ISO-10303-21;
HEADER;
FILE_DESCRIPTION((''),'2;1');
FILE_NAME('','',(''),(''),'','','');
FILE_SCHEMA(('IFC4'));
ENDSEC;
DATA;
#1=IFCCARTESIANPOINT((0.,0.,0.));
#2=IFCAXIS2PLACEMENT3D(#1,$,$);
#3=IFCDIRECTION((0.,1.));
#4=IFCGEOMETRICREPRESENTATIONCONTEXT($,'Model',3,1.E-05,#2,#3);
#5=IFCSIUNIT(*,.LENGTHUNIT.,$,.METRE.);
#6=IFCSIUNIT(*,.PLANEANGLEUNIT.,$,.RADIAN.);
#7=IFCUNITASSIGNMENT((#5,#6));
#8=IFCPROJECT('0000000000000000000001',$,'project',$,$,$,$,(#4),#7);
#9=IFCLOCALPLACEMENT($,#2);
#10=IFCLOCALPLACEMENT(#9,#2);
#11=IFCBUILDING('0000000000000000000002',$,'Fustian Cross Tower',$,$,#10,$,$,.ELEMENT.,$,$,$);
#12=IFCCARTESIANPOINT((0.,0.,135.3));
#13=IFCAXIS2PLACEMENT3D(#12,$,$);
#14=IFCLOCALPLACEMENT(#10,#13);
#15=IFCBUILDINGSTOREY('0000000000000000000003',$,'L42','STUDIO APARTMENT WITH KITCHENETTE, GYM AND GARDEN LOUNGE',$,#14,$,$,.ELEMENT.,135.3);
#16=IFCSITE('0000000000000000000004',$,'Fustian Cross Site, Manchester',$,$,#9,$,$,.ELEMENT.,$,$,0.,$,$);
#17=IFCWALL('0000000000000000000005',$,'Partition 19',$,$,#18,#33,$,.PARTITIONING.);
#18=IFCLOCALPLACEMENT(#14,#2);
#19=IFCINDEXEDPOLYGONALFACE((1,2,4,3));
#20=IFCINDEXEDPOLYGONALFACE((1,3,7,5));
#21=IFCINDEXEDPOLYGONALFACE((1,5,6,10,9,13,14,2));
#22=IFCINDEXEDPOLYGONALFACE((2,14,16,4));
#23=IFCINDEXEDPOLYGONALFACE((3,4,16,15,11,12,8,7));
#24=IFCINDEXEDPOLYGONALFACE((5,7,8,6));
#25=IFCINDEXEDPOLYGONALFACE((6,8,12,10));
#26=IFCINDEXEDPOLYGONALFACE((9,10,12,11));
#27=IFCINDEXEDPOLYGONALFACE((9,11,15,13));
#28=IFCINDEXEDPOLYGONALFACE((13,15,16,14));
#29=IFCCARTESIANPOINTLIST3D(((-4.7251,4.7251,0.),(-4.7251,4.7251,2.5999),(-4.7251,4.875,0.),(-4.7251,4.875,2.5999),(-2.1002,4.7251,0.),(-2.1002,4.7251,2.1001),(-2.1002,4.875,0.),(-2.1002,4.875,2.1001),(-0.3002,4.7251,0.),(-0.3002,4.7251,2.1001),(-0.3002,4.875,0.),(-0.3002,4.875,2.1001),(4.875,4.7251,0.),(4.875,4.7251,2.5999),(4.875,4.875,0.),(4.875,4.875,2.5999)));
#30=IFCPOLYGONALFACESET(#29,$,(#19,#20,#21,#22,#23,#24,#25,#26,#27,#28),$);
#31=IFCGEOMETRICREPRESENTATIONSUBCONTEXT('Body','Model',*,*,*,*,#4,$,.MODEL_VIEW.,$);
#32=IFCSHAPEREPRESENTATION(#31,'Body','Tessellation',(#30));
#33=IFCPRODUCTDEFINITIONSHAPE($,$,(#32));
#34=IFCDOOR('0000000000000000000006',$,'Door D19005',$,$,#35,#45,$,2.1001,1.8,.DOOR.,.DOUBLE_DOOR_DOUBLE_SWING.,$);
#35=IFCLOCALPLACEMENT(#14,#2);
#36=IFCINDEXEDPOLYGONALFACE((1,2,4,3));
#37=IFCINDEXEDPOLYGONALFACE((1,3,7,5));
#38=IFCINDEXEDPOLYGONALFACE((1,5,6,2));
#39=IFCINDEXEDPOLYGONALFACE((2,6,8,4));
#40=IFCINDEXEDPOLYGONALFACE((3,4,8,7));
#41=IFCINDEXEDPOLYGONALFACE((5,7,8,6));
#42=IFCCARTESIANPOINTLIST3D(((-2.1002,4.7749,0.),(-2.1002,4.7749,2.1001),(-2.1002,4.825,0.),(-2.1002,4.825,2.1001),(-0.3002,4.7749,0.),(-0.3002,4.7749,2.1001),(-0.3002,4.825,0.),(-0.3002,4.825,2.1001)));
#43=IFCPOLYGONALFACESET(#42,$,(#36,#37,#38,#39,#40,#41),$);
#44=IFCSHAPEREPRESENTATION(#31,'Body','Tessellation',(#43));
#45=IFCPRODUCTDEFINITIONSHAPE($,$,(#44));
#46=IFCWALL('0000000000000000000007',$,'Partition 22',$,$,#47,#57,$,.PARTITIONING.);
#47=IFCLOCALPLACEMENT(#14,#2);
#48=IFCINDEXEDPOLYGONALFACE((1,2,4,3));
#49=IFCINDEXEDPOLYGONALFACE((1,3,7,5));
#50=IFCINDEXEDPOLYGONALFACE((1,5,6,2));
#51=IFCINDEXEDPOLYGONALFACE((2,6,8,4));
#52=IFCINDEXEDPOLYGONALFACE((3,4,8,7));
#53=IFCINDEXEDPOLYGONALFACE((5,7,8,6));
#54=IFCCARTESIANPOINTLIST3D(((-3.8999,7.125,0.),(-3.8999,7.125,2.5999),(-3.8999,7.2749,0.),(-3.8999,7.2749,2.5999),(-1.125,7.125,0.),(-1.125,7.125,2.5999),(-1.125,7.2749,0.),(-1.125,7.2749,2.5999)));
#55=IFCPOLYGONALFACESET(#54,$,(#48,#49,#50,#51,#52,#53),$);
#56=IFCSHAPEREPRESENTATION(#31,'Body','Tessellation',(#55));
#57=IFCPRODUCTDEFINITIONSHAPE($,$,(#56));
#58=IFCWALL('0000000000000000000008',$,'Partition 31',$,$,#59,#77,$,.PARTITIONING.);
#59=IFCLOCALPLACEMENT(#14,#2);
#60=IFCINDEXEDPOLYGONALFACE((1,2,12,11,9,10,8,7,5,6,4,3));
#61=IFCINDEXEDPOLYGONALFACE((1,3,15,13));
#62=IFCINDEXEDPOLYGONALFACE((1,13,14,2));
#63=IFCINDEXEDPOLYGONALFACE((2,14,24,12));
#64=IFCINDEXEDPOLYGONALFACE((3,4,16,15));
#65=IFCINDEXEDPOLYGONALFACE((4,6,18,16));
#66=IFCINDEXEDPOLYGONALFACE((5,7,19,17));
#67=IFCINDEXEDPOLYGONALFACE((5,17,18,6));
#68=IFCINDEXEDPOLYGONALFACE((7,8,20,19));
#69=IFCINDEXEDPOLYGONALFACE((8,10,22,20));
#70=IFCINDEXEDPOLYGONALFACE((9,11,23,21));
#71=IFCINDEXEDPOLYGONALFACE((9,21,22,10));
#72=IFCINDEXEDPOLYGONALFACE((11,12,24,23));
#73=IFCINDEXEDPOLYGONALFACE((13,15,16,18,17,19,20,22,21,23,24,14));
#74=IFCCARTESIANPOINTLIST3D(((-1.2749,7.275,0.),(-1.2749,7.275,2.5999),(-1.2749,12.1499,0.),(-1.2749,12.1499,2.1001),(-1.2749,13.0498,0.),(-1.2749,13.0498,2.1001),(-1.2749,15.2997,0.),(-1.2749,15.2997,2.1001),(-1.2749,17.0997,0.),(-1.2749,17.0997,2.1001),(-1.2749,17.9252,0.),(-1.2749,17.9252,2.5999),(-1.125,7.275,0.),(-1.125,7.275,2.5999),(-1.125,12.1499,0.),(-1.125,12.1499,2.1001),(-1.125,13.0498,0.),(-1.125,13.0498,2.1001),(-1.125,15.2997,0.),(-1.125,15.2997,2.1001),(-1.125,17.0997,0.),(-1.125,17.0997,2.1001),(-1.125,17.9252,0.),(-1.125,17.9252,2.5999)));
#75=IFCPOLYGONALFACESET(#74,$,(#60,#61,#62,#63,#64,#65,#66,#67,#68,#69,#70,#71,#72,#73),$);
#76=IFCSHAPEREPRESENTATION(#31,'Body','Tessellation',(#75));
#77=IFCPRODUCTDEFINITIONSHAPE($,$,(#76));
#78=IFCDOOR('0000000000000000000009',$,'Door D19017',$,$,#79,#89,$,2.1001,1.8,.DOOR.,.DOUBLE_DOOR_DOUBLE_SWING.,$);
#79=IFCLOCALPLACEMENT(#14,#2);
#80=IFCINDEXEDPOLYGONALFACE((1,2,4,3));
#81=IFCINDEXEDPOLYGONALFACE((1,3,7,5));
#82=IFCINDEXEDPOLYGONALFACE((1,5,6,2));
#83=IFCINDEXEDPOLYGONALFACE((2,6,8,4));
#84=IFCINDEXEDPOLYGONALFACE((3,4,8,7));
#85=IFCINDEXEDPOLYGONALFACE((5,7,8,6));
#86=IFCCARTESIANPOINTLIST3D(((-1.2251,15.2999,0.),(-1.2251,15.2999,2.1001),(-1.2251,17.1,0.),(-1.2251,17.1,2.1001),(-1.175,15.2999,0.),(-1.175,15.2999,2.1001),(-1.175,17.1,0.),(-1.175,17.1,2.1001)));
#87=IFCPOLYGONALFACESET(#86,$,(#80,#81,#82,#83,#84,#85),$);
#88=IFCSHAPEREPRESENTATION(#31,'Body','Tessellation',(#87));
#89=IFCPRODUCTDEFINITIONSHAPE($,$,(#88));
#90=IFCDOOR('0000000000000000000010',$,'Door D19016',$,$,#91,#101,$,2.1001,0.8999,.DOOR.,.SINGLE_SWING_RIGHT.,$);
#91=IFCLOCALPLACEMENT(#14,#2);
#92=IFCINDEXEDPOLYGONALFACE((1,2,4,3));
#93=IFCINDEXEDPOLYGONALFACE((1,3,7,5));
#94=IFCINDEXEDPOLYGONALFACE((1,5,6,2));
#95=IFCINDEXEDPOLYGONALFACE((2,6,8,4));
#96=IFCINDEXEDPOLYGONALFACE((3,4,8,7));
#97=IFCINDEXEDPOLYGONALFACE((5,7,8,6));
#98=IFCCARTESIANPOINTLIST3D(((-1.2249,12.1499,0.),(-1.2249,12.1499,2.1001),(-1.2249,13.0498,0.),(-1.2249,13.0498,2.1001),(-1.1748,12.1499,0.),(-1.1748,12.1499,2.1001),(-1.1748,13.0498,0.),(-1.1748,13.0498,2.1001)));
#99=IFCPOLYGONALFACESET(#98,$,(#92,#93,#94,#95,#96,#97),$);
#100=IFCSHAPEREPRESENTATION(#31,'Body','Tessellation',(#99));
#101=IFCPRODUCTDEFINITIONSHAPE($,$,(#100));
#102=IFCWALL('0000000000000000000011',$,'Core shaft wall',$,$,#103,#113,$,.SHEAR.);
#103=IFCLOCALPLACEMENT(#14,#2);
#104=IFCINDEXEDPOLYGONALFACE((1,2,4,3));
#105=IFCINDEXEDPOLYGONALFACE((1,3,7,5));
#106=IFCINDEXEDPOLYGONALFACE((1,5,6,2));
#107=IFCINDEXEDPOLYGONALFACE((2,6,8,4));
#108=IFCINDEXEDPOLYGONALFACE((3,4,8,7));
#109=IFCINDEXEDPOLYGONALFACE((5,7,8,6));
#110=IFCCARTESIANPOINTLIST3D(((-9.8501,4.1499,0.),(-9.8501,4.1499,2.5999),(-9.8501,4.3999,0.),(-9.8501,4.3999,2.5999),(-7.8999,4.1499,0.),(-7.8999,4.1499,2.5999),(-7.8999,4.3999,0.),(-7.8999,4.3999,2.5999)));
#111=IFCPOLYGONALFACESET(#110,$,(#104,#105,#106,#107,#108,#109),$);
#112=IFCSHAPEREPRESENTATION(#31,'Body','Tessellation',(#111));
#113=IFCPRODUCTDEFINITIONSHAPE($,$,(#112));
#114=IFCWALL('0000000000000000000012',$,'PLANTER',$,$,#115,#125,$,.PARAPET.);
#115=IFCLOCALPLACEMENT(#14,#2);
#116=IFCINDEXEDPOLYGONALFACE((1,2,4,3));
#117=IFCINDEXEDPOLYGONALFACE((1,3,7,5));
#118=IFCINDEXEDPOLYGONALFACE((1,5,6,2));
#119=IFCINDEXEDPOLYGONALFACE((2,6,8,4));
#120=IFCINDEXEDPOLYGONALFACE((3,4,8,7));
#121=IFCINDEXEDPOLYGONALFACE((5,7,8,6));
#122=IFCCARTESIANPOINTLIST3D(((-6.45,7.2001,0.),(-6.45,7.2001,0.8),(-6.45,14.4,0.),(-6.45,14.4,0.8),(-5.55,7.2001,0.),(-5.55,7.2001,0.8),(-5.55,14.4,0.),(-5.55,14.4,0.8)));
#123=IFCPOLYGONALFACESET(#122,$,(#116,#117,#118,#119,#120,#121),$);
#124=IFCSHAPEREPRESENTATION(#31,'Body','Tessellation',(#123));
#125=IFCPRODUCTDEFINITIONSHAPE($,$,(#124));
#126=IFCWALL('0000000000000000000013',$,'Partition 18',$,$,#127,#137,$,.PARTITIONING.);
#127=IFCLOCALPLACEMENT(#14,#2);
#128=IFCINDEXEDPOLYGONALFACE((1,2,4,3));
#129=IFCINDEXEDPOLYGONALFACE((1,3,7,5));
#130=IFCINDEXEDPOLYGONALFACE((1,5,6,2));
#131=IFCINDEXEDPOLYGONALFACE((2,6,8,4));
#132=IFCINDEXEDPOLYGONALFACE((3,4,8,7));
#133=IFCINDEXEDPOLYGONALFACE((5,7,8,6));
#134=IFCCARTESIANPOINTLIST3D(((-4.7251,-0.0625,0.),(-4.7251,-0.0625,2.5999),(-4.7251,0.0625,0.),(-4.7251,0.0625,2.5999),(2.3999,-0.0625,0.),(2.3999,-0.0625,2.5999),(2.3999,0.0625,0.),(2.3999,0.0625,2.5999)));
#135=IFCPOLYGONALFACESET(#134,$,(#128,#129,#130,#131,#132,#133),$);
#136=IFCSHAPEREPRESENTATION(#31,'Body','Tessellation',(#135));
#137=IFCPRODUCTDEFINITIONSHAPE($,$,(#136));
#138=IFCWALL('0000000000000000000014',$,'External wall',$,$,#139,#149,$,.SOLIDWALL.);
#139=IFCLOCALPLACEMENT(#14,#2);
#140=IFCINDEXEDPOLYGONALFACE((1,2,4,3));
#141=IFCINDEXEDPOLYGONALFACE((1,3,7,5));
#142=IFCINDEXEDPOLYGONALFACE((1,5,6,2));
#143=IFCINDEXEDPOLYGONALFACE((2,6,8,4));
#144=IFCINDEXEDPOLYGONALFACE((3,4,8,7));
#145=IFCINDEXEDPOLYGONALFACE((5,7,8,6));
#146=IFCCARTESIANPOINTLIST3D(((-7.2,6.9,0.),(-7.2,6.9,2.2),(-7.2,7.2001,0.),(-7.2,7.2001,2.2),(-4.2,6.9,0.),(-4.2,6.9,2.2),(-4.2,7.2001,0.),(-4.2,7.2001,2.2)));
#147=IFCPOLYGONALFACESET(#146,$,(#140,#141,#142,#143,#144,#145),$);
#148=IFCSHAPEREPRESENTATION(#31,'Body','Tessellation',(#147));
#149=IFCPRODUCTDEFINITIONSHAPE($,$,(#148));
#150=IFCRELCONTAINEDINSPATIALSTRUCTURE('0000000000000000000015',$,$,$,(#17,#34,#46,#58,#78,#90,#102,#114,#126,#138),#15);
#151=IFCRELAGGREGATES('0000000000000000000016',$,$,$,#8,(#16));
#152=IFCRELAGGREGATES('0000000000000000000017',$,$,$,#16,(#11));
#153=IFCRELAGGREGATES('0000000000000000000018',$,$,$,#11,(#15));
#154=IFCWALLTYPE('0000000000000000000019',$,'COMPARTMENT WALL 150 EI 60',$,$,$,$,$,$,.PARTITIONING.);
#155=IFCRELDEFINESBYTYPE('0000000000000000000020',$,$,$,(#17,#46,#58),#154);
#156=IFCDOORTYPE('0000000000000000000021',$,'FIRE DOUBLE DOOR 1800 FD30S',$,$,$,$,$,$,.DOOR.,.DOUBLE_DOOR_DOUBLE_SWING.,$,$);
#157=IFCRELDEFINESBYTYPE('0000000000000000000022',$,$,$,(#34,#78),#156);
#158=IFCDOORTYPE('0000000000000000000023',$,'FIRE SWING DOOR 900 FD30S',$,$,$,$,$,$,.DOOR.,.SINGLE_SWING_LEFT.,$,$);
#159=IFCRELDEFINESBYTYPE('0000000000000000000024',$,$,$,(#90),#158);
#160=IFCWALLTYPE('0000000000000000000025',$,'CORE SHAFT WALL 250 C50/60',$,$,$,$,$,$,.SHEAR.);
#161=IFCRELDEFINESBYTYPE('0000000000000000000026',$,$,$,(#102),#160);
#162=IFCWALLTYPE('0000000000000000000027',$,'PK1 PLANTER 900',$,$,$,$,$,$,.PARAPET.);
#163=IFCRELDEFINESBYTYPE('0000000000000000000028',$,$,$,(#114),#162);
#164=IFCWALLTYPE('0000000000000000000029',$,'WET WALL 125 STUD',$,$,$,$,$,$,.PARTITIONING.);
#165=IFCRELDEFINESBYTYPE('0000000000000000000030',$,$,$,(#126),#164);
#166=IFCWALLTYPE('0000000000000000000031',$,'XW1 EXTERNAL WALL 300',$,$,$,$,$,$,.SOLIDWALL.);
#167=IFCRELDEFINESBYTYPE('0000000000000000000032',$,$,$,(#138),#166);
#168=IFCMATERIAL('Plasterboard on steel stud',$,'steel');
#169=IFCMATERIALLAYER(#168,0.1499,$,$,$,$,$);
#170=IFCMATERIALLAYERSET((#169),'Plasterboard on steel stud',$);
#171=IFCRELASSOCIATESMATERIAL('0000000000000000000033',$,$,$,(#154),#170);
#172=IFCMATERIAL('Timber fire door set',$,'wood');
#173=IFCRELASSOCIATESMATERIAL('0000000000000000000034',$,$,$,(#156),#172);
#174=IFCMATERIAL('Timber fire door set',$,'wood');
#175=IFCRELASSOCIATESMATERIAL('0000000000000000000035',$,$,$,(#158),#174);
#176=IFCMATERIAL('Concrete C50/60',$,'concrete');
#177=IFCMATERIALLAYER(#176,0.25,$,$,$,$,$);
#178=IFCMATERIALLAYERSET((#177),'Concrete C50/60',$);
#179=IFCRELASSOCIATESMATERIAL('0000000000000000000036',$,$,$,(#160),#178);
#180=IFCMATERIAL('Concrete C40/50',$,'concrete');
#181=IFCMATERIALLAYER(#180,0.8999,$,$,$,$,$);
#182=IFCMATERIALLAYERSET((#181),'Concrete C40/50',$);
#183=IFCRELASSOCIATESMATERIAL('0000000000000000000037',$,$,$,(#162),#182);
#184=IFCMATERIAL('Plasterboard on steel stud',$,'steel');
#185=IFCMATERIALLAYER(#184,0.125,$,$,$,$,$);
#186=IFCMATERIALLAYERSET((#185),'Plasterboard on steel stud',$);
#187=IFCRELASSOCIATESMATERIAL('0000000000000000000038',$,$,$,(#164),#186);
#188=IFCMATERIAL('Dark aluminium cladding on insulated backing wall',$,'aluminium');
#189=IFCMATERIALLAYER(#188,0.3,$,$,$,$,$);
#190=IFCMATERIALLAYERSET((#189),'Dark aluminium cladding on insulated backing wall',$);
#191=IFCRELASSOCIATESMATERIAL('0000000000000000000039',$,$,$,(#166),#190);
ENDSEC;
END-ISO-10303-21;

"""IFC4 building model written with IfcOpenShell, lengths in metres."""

from ifc_helpers import new_model, si_unit, direction, frame, frame_2d, origin, place, context, subcontext, project, spatial, rectangle, extrude, material, layer, layer_set, type_object, element, fill, save


model = new_model("IFC4")

# Units and contexts
model_context = context("Model", 3, precision=1e-05, world=origin(), true_north=direction((0.0, 1.0)))
body_context = subcontext(model_context, "Body", "Model", "MODEL_VIEW")
ifc_project = project(units=[si_unit("LENGTHUNIT", "METRE"), si_unit("PLANEANGLEUNIT", "RADIAN")], contexts=[model_context])

# Site, building, storey
site_placement = place(None, origin())
site = spatial("IfcSite", under=ifc_project, at=site_placement, Name="Fustian Cross Site, Manchester", CompositionType="ELEMENT", RefElevation=0.0)
building_placement = place(site_placement, origin())
building = spatial("IfcBuilding", under=site, at=building_placement, Name="Fustian Cross Tower", CompositionType="ELEMENT")
storey_placement = place(building_placement, frame((0.0, 0.0, 135.3)))
storey = spatial("IfcBuildingStorey", under=building, at=storey_placement, Name="L42", Description="STUDIO APARTMENT WITH KITCHENETTE, GYM AND GARDEN LOUNGE", CompositionType="ELEMENT", Elevation=135.3)

# Wall, opening, door
ifc_material_1 = material(Name="Plasterboard on steel stud", Category="steel")
ifc_layer_1 = layer(ifc_material_1, 0.1499)
ifc_layer_set_1 = layer_set([ifc_layer_1], Name="Plasterboard on steel stud")
wall_type_1 = type_object("IfcWallType", Name="COMPARTMENT WALL 150 EI 60", PredefinedType="PARTITIONING", material=ifc_layer_set_1)
wall_1_placement = place(storey_placement, frame((-4.7251, 4.8, 0.0), z_axis=(0.0, 0.0, 1.0), x_axis=(1.0, 0.0, 0.0)))
wall_1 = element("IfcWall", 1, at=wall_1_placement, inside=storey, type_object=wall_type_1, Name="Partition 19", PredefinedType="PARTITIONING", context=body_context, shape_type="SweptSolid", body=[
    extrude(rectangle(XDim=9.6001, YDim=0.1499, at=frame_2d((4.8, 0.0))), origin(), (0.0, 0.0, 1.0), 2.5999),
])
opening_1_placement = place(wall_1_placement, frame((2.625, 0.0, 0.0)))
opening_1 = element("IfcOpeningElement", 2, at=opening_1_placement, cuts=wall_1, PredefinedType="OPENING", context=body_context, shape_type="SweptSolid", body=[
    extrude(rectangle(XDim=1.8, YDim=2.1001, at=frame_2d((0.8999, 1.05))), frame((0.0, 0.085, 0.0), z_axis=(0.0, -1.0, 0.0), x_axis=(1.0, 0.0, 0.0)), (0.0, 0.0, 1.0), 0.1699),
])
ifc_material_2 = material(Name="Timber fire door set", Category="wood")
door_type_1 = type_object("IfcDoorType", Name="FIRE DOUBLE DOOR 1800 FD30S", OperationType="DOUBLE_DOOR_DOUBLE_SWING", PredefinedType="DOOR", material=ifc_material_2)
door_1_placement = place(opening_1_placement, origin())
door_1 = element("IfcDoor", 3, at=door_1_placement, inside=storey, type_object=door_type_1, Name="Door D19005", OperationType="DOUBLE_DOOR_DOUBLE_SWING", OverallHeight=2.1001, OverallWidth=1.8, PredefinedType="DOOR", context=body_context, shape_type="SweptSolid", body=[
    extrude(rectangle(XDim=1.8, YDim=2.1001, at=frame_2d((0.8999, 1.05))), frame((0.0, 0.0249, 0.0), z_axis=(0.0, -1.0, 0.0), x_axis=(1.0, 0.0, 0.0)), (0.0, 0.0, 1.0), 0.05),
])
fill(opening_1, door_1)

# Wall
wall_2_placement = place(storey_placement, frame((-3.8999, 7.2, 0.0), z_axis=(0.0, 0.0, 1.0), x_axis=(1.0, 0.0, 0.0)))
element("IfcWall", 4, at=wall_2_placement, inside=storey, type_object=wall_type_1, Name="Partition 22", PredefinedType="PARTITIONING", context=body_context, shape_type="SweptSolid", body=[
    extrude(rectangle(XDim=2.7749, YDim=0.1499, at=frame_2d((1.3875, 0.0))), origin(), (0.0, 0.0, 1.0), 2.5999),
])

# Wall, openings, doors
wall_3_placement = place(storey_placement, frame((-1.2, 7.2749, 0.0), z_axis=(0.0, 0.0, 1.0), x_axis=(0.0, 1.0, 0.0)))
wall_3 = element("IfcWall", 5, at=wall_3_placement, inside=storey, type_object=wall_type_1, Name="Partition 31", PredefinedType="PARTITIONING", context=body_context, shape_type="SweptSolid", body=[
    extrude(rectangle(XDim=10.6501, YDim=0.1499, at=frame_2d((5.3252, 0.0))), origin(), (0.0, 0.0, 1.0), 2.5999),
])
opening_2_placement = place(wall_3_placement, frame((4.875, 0.0, 0.0)))
opening_2 = element("IfcOpeningElement", 6, at=opening_2_placement, cuts=wall_3, PredefinedType="OPENING", context=body_context, shape_type="SweptSolid", body=[
    extrude(rectangle(XDim=0.8999, YDim=2.1001, at=frame_2d((0.45, 1.05))), frame((0.0, 0.085, 0.0), z_axis=(0.0, -1.0, 0.0), x_axis=(1.0, 0.0, 0.0)), (0.0, 0.0, 1.0), 0.1699),
])
opening_3_placement = place(wall_3_placement, frame((8.0249, 0.0, 0.0)))
opening_3 = element("IfcOpeningElement", 7, at=opening_3_placement, cuts=wall_3, PredefinedType="OPENING", context=body_context, shape_type="SweptSolid", body=[
    extrude(rectangle(XDim=1.8, YDim=2.1001, at=frame_2d((0.8999, 1.05))), frame((0.0, 0.085, 0.0), z_axis=(0.0, -1.0, 0.0), x_axis=(1.0, 0.0, 0.0)), (0.0, 0.0, 1.0), 0.1699),
])
door_2_placement = place(opening_3_placement, frame((1.8, 0.0, 0.0), z_axis=(0.0, 0.0, 1.0), x_axis=(-1.0, 0.0, 0.0)))
door_2 = element("IfcDoor", 8, at=door_2_placement, inside=storey, type_object=door_type_1, Name="Door D19017", OperationType="DOUBLE_DOOR_DOUBLE_SWING", OverallHeight=2.1001, OverallWidth=1.8, PredefinedType="DOOR", context=body_context, shape_type="SweptSolid", body=[
    extrude(rectangle(XDim=1.8, YDim=2.1001, at=frame_2d((0.8999, 1.05))), frame((0.0, 0.0249, 0.0), z_axis=(0.0, -1.0, 0.0), x_axis=(1.0, 0.0, 0.0)), (0.0, 0.0, 1.0), 0.05),
])
fill(opening_3, door_2)
ifc_material_3 = material(Name="Timber fire door set", Category="wood")
door_type_2 = type_object("IfcDoorType", Name="FIRE SWING DOOR 900 FD30S", OperationType="SINGLE_SWING_LEFT", PredefinedType="DOOR", material=ifc_material_3)
door_3_placement = place(opening_2_placement, origin())
door_3 = element("IfcDoor", 9, at=door_3_placement, inside=storey, type_object=door_type_2, Name="Door D19016", OperationType="SINGLE_SWING_RIGHT", OverallHeight=2.1001, OverallWidth=0.8999, PredefinedType="DOOR", context=body_context, shape_type="SweptSolid", body=[
    extrude(rectangle(XDim=0.8999, YDim=2.1001, at=frame_2d((0.45, 1.05))), frame((0.0, 0.0249, 0.0), z_axis=(0.0, -1.0, 0.0), x_axis=(1.0, 0.0, 0.0)), (0.0, 0.0, 1.0), 0.05),
])
fill(opening_2, door_3)

# Walls
ifc_material_4 = material(Name="Concrete C50/60", Category="concrete")
ifc_layer_2 = layer(ifc_material_4, 0.25)
ifc_layer_set_2 = layer_set([ifc_layer_2], Name="Concrete C50/60")
wall_type_2 = type_object("IfcWallType", Name="CORE SHAFT WALL 250 C50/60", PredefinedType="SHEAR", material=ifc_layer_set_2)
wall_4_placement = place(storey_placement, frame((-7.8999, 4.2749, 0.0), z_axis=(0.0, 0.0, 1.0), x_axis=(-1.0, 0.0, 0.0)))
element("IfcWall", 10, at=wall_4_placement, inside=storey, type_object=wall_type_2, Name="Core shaft wall", PredefinedType="SHEAR", context=body_context, shape_type="SweptSolid", body=[
    extrude(rectangle(XDim=1.9502, YDim=0.25, at=frame_2d((0.9751, 0.0))), origin(), (0.0, 0.0, 1.0), 2.5999),
])
ifc_material_5 = material(Name="Concrete C40/50", Category="concrete")
ifc_layer_3 = layer(ifc_material_5, 0.8999)
ifc_layer_set_3 = layer_set([ifc_layer_3], Name="Concrete C40/50")
wall_type_3 = type_object("IfcWallType", Name="PK1 PLANTER 900", PredefinedType="PARAPET", material=ifc_layer_set_3)
wall_5_placement = place(storey_placement, frame((-6.0, 7.2, 0.0), z_axis=(0.0, 0.0, 1.0), x_axis=(0.0, 1.0, 0.0)))
element("IfcWall", 11, at=wall_5_placement, inside=storey, type_object=wall_type_3, Name="PLANTER", PredefinedType="PARAPET", context=body_context, shape_type="SweptSolid", body=[
    extrude(rectangle(XDim=7.2, YDim=0.8999, at=frame_2d((3.6001, 0.0))), origin(), (0.0, 0.0, 1.0), 0.8),
])
ifc_material_6 = material(Name="Plasterboard on steel stud", Category="steel")
ifc_layer_4 = layer(ifc_material_6, 0.125)
ifc_layer_set_4 = layer_set([ifc_layer_4], Name="Plasterboard on steel stud")
wall_type_4 = type_object("IfcWallType", Name="WET WALL 125 STUD", PredefinedType="PARTITIONING", material=ifc_layer_set_4)
wall_6_placement = place(storey_placement, frame((-4.7251, 0.0, 0.0), z_axis=(0.0, 0.0, 1.0), x_axis=(1.0, 0.0, 0.0)))
element("IfcWall", 12, at=wall_6_placement, inside=storey, type_object=wall_type_4, Name="Partition 18", PredefinedType="PARTITIONING", context=body_context, shape_type="SweptSolid", body=[
    extrude(rectangle(XDim=7.125, YDim=0.125, at=frame_2d((3.5625, 0.0))), origin(), (0.0, 0.0, 1.0), 2.5999),
])
ifc_material_7 = material(Name="Dark aluminium cladding on insulated backing wall", Category="aluminium")
ifc_layer_5 = layer(ifc_material_7, 0.3)
ifc_layer_set_5 = layer_set([ifc_layer_5], Name="Dark aluminium cladding on insulated backing wall")
wall_type_5 = type_object("IfcWallType", Name="XW1 EXTERNAL WALL 300", PredefinedType="SOLIDWALL", material=ifc_layer_set_5)
wall_7_placement = place(storey_placement, frame((-4.2, 7.05, 0.0), z_axis=(0.0, 0.0, 1.0), x_axis=(-1.0, 0.0, 0.0)))
element("IfcWall", 13, at=wall_7_placement, inside=storey, type_object=wall_type_5, Name="External wall", PredefinedType="SOLIDWALL", context=body_context, shape_type="SweptSolid", body=[
    extrude(rectangle(XDim=3.0, YDim=0.3, at=frame_2d((1.5, 0.0))), origin(), (0.0, 0.0, 1.0), 2.2),
])

save(model, "model.ifc")
